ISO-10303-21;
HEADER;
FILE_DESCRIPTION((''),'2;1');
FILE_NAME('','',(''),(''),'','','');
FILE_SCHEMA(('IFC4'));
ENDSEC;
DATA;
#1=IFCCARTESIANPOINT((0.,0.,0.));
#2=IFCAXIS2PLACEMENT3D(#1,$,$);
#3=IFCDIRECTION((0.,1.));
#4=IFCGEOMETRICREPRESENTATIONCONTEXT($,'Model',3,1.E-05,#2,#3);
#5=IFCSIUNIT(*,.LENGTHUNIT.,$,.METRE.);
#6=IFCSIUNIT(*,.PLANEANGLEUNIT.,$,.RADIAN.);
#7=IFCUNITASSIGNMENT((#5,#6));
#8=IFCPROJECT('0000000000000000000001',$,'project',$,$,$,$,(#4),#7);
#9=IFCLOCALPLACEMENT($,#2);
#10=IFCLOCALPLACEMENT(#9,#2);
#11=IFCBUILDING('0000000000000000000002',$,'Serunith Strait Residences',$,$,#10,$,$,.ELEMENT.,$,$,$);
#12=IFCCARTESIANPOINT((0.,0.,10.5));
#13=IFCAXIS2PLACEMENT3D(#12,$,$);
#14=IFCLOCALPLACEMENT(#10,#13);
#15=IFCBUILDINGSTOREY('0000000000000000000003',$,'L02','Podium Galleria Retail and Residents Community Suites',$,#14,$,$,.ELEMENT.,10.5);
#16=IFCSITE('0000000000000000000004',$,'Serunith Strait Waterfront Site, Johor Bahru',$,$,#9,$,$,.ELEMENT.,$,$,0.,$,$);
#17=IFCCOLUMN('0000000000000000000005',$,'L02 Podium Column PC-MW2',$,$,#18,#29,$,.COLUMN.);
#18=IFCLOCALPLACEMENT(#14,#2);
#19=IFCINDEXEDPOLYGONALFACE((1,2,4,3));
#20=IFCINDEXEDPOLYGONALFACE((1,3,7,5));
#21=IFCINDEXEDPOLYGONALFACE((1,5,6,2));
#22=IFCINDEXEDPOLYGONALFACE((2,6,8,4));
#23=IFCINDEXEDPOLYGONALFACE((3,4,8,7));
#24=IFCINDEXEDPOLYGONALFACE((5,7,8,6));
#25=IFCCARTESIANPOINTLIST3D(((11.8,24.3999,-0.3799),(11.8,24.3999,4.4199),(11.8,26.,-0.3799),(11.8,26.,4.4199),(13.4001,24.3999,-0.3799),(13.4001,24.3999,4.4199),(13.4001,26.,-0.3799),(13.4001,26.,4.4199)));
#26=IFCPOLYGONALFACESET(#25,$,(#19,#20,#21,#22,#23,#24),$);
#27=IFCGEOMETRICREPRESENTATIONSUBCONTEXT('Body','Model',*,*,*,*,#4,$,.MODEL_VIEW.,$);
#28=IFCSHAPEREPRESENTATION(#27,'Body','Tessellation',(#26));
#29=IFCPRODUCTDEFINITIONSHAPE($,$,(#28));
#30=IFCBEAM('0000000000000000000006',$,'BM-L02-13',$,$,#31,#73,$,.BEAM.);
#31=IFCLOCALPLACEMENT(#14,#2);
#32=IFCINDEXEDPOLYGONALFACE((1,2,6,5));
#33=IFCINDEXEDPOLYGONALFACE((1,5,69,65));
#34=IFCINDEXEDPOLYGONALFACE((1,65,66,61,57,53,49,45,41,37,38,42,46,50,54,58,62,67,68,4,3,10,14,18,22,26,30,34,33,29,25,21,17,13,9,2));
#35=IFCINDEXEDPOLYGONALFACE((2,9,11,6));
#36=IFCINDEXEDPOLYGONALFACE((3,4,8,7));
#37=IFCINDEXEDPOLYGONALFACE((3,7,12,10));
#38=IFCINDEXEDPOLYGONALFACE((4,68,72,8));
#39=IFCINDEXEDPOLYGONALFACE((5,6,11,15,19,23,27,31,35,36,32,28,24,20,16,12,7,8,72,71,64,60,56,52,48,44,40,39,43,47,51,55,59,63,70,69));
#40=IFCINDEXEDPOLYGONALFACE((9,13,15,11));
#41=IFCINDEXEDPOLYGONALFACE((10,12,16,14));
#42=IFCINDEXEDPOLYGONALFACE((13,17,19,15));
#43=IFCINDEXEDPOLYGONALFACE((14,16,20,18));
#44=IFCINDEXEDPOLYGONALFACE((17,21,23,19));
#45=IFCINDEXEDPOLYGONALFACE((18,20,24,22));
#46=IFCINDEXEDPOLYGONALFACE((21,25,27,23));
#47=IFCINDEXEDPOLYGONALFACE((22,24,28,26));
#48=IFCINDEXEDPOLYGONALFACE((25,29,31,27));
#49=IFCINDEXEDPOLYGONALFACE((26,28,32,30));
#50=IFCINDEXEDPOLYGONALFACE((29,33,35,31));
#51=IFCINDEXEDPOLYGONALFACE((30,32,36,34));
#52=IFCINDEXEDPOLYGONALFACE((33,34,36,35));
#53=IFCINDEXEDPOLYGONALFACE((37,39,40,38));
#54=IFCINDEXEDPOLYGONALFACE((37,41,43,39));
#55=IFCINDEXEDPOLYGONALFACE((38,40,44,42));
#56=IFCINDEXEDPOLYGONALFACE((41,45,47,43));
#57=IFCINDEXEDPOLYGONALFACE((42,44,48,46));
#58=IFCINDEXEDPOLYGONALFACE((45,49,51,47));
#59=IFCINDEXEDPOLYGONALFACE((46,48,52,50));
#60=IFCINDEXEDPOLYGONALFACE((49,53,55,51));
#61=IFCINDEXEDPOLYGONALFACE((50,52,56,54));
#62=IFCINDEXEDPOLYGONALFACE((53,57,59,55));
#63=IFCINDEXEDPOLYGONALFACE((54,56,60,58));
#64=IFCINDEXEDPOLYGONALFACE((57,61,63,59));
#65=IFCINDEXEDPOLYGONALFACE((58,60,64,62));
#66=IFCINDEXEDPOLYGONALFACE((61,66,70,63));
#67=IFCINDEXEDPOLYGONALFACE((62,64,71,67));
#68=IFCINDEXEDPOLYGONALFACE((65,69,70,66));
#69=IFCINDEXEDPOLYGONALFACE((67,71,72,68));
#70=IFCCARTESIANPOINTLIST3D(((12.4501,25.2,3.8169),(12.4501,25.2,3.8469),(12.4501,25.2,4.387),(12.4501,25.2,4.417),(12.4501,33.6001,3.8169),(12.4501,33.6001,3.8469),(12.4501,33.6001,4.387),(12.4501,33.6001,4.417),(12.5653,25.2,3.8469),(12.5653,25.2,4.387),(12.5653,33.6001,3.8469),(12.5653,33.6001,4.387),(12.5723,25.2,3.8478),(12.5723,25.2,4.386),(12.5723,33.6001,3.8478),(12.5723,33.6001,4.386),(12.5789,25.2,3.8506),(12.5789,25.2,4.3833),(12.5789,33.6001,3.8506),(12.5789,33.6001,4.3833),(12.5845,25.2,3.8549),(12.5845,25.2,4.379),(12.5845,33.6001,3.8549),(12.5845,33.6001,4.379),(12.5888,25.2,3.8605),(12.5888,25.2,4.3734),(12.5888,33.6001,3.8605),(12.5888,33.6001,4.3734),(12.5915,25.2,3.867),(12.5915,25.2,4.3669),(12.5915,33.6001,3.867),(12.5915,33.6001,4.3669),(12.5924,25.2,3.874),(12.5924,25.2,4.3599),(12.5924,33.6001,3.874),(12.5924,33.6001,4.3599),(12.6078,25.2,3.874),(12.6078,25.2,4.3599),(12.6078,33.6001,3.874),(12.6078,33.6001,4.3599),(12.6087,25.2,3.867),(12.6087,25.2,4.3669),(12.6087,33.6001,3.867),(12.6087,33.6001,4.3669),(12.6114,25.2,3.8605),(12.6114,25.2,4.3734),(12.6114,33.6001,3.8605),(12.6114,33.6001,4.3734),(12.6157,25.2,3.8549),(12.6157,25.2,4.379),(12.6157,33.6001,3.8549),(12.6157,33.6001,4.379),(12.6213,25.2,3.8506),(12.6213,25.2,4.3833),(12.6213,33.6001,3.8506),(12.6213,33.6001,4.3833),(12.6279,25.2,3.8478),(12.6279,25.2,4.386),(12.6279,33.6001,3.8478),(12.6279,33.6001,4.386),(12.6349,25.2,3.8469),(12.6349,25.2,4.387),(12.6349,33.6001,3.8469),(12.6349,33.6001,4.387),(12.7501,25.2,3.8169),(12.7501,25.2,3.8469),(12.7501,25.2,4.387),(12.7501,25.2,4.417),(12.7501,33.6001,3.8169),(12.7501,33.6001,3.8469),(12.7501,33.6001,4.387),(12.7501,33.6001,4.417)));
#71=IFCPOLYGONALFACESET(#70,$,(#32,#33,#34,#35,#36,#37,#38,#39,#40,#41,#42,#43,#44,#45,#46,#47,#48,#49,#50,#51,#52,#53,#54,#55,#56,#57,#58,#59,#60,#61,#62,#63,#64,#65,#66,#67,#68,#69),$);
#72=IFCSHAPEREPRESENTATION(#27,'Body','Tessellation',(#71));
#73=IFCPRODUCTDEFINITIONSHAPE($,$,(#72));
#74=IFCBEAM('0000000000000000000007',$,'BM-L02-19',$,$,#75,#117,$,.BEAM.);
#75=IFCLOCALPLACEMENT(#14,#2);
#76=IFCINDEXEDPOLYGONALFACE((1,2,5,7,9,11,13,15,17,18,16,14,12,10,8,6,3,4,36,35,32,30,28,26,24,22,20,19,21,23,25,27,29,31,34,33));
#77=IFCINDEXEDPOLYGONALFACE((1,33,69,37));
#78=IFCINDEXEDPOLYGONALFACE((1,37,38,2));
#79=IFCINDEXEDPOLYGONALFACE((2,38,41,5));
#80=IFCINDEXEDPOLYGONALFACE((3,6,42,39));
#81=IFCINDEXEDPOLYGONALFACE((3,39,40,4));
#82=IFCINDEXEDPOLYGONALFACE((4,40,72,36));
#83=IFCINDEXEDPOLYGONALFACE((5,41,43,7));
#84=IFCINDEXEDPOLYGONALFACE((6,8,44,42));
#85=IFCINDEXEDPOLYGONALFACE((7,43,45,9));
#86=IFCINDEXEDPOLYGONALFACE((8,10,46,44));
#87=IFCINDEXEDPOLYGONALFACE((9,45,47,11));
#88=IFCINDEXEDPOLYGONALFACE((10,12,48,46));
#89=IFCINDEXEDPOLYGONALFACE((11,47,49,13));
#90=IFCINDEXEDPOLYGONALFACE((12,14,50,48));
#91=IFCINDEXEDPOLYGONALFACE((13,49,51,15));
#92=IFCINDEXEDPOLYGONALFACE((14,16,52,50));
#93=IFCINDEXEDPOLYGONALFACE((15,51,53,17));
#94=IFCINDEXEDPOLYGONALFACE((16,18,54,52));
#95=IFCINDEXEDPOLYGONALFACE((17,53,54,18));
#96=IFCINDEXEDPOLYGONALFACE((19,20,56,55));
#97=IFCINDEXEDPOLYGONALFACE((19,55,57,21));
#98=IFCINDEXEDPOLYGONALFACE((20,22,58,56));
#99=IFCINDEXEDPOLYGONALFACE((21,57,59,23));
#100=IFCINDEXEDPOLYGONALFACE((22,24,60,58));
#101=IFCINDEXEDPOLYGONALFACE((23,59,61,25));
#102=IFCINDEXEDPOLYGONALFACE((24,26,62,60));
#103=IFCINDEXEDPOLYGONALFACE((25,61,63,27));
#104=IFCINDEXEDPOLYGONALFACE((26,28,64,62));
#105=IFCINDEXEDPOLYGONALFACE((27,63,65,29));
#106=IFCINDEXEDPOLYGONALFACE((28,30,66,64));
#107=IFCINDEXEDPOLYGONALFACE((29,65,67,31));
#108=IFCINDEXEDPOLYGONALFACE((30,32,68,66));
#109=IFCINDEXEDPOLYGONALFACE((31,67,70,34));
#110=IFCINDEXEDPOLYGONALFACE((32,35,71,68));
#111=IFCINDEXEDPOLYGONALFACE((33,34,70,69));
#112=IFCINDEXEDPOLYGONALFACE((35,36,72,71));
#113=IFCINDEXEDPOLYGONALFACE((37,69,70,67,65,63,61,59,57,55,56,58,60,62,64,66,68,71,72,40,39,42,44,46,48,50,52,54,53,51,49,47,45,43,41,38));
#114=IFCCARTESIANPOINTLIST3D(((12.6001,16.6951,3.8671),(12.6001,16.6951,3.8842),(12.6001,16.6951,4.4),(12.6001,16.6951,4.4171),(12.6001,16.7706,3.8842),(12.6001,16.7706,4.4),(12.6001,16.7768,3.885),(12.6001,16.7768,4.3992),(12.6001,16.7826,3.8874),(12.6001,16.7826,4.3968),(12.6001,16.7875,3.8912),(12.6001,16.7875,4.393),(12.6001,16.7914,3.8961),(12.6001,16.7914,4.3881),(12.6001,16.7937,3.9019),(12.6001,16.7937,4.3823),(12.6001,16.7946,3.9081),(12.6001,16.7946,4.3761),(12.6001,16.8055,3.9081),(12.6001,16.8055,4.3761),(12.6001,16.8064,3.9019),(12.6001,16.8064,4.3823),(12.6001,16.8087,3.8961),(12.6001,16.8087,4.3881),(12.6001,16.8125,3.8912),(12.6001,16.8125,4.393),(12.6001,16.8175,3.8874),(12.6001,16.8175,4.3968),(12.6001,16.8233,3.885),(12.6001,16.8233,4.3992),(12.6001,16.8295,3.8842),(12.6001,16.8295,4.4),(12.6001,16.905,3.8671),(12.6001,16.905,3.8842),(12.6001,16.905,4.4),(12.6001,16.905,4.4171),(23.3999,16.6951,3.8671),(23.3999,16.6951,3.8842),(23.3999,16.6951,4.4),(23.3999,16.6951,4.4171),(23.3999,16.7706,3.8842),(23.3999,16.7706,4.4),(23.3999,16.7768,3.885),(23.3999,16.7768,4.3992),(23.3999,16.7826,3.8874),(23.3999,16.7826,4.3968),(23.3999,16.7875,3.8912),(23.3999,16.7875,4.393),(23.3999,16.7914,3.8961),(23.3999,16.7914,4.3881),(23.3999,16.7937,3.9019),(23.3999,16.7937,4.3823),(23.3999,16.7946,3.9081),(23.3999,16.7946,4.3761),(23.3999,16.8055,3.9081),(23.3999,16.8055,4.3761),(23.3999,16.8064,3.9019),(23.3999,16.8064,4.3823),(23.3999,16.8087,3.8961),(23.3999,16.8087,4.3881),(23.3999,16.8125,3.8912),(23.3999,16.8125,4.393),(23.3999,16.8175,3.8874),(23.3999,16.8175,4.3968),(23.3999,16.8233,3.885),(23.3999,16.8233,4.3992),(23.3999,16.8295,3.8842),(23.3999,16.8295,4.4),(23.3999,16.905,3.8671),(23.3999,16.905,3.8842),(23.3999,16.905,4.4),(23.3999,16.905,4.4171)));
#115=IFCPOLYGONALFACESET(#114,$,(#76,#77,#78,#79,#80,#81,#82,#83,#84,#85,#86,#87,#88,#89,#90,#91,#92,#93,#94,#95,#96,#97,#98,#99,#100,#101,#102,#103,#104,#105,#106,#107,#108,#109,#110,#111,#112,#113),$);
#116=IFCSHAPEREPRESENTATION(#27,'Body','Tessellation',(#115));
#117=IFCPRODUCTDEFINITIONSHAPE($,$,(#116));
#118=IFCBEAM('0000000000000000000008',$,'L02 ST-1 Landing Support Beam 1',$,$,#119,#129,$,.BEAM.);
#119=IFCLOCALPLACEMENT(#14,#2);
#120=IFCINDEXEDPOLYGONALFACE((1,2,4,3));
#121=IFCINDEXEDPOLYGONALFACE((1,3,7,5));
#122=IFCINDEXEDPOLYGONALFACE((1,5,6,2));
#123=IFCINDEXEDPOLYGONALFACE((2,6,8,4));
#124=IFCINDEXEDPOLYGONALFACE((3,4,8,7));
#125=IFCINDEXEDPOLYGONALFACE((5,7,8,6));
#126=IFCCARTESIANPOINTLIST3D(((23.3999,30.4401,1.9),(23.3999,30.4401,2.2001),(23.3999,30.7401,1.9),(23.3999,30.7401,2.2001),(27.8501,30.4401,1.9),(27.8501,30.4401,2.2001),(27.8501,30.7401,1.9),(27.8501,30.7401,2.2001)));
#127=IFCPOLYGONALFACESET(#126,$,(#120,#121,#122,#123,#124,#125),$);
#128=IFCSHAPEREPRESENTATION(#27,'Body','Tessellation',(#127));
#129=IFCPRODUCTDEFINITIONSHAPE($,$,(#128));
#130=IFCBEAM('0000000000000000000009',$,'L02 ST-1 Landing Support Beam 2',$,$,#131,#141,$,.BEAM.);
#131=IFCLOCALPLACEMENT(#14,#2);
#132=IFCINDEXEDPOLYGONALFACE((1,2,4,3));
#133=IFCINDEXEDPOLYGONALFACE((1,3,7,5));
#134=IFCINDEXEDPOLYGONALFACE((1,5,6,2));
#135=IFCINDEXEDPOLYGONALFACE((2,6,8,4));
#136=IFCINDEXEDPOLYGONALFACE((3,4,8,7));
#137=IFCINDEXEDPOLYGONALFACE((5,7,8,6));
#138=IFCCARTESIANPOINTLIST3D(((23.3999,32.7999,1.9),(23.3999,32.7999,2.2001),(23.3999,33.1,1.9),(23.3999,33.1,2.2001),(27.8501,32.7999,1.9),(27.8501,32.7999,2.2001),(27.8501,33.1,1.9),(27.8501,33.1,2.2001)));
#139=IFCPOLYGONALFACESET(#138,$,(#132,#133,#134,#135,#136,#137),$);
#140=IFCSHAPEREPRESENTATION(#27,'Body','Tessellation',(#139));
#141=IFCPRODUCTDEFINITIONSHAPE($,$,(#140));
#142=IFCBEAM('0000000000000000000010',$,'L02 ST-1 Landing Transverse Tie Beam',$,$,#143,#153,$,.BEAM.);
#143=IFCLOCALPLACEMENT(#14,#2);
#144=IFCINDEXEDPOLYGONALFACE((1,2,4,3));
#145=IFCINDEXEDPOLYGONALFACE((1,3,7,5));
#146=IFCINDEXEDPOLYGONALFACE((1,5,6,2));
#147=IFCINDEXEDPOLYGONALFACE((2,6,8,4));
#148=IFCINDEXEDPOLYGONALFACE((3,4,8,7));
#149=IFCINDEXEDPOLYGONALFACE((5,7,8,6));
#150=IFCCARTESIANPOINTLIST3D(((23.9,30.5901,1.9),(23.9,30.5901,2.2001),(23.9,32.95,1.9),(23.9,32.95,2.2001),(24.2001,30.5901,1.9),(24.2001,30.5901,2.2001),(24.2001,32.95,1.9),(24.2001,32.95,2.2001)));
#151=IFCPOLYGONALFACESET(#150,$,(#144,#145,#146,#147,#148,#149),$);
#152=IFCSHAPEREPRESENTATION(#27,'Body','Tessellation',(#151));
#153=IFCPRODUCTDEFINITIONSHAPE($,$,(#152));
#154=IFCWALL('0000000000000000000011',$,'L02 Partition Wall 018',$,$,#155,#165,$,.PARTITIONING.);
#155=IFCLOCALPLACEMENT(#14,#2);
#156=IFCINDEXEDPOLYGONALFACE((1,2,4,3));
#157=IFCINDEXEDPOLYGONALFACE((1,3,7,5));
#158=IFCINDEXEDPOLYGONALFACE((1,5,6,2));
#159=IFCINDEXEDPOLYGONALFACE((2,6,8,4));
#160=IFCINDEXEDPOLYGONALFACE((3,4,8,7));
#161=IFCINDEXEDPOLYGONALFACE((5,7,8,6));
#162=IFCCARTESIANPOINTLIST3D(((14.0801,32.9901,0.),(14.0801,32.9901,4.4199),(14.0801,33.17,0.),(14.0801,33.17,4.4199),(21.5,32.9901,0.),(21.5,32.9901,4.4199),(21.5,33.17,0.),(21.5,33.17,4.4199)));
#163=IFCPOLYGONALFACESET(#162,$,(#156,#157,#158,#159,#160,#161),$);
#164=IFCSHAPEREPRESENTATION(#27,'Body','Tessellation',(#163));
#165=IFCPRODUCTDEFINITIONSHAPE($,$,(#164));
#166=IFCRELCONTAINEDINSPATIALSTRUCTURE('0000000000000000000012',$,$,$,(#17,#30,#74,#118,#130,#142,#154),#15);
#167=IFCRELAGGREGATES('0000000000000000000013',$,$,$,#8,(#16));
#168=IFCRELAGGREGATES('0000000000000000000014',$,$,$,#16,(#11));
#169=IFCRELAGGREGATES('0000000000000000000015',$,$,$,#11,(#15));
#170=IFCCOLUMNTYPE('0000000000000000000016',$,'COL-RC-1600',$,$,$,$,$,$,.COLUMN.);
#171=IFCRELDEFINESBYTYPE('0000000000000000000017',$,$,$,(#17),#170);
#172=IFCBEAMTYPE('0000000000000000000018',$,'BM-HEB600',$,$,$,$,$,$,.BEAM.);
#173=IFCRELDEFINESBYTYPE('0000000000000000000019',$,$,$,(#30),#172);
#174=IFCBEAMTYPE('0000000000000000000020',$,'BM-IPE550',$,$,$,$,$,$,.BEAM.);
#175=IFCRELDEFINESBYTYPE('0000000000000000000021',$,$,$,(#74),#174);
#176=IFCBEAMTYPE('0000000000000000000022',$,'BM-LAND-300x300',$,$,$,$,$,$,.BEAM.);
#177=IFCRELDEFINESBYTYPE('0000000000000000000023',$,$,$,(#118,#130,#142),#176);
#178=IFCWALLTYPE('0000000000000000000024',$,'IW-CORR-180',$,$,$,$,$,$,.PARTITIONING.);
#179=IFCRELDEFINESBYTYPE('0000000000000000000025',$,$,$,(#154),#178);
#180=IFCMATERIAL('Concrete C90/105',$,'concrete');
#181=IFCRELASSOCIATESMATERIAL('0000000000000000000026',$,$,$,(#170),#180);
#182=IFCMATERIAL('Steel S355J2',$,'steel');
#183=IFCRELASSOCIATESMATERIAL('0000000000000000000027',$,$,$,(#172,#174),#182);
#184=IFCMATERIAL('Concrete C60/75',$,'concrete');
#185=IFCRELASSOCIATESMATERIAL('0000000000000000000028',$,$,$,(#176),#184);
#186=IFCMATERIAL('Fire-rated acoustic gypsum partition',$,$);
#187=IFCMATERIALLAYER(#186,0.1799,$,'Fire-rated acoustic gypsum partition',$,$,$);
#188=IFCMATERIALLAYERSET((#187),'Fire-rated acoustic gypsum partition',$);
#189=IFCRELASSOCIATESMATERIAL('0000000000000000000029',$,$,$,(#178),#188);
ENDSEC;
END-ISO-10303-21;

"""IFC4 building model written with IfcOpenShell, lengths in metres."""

from ifc_helpers import new_model, si_unit, direction, frame, frame_2d, origin, origin_2d, place, context, subcontext, project, spatial, rectangle, i_section, extrude, source, transform, mapped, material, layer, layer_set, material_profile, profile_set, type_object, element, save


model = new_model("IFC4")

# Units and contexts
model_context = context("Model", 3, precision=1e-05, world=origin(), true_north=direction((0.0, 1.0)))
body_context = subcontext(model_context, "Body", "Model", "MODEL_VIEW")
ifc_project = project(units=[si_unit("LENGTHUNIT", "METRE"), si_unit("PLANEANGLEUNIT", "RADIAN")], contexts=[model_context])

# Site, building, storey
site_placement = place(None, origin())
site = spatial("IfcSite", under=ifc_project, at=site_placement, Name="Serunith Strait Waterfront Site, Johor Bahru", CompositionType="ELEMENT", RefElevation=0.0)
building_placement = place(site_placement, origin())
building = spatial("IfcBuilding", under=site, at=building_placement, Name="Serunith Strait Residences", CompositionType="ELEMENT")
storey_placement = place(building_placement, frame((0.0, 0.0, 10.5)))
storey = spatial("IfcBuildingStorey", under=building, at=storey_placement, Name="L02", Description="Podium Galleria Retail and Residents Community Suites", CompositionType="ELEMENT", Elevation=10.5)

# Column
ifc_material_1 = material(Name="Concrete C90/105", Category="concrete")
ifc_material_profile_1 = material_profile(ifc_material_1, rectangle(XDim=1.6001, YDim=1.6001, at=origin_2d()), Name="RC 1600x1600")
ifc_profile_set_1 = profile_set([ifc_material_profile_1], Name="Concrete C90/105")
column_type = type_object("IfcColumnType", Name="COL-RC-1600", PredefinedType="COLUMN", material=ifc_profile_set_1)
shared_shape_1 = source(origin(), body_context, "Body", "SweptSolid", [
    extrude(rectangle(XDim=1.6001, YDim=1.6001, at=origin_2d()), origin(), (0.0, 0.0, 1.0), 4.7998),
])
column_placement = place(storey_placement, frame((12.6001, 25.2, -0.3799), z_axis=(0.0, 0.0, 1.0), x_axis=(1.0, 0.0, 0.0)))
element("IfcColumn", 1, at=column_placement, inside=storey, type_object=column_type, Name="L02 Podium Column PC-MW2", PredefinedType="COLUMN", context=body_context, shape_type="MappedRepresentation", body=[
    mapped(shared_shape_1, transform((0.0, 0.0, 0.0), scale=1.0)),
])

# Beams
ifc_material_2 = material(Name="Steel S355J2", Category="steel")
ifc_material_profile_2 = material_profile(ifc_material_2, i_section(OverallWidth=0.3, OverallDepth=0.6001, WebThickness=0.0154, FlangeThickness=0.03, FilletRadius=0.0271, at=origin_2d()), Name="HEB 600")
ifc_profile_set_2 = profile_set([ifc_material_profile_2], Name="Steel S355J2")
beam_type_1 = type_object("IfcBeamType", Name="BM-HEB600", PredefinedType="BEAM", material=ifc_profile_set_2)
shared_shape_2 = source(origin(), body_context, "Body", "SweptSolid", [
    extrude(i_section(OverallWidth=0.3, OverallDepth=0.6001, WebThickness=0.0154, FlangeThickness=0.03, FilletRadius=0.0271, at=origin_2d()), origin(), (0.0, 0.0, 1.0), 8.4001),
])
beam_1_placement = place(storey_placement, frame((12.6001, 25.2, 4.1169), z_axis=(0.0, 1.0, 0.0), x_axis=(-1.0, 0.0, 0.0)))
element("IfcBeam", 2, at=beam_1_placement, inside=storey, type_object=beam_type_1, Name="BM-L02-13", PredefinedType="BEAM", context=body_context, shape_type="MappedRepresentation", body=[
    mapped(shared_shape_2, transform((0.0, 0.0, 0.0), scale=1.0)),
])
ifc_material_profile_3 = material_profile(ifc_material_2, i_section(OverallWidth=0.21, OverallDepth=0.55, WebThickness=0.011, FlangeThickness=0.0171, FilletRadius=0.0239, at=origin_2d()), Name="IPE 550")
ifc_profile_set_3 = profile_set([ifc_material_profile_3], Name="Steel S355J2")
beam_type_2 = type_object("IfcBeamType", Name="BM-IPE550", PredefinedType="BEAM", material=ifc_profile_set_3)
shared_shape_3 = source(origin(), body_context, "Body", "SweptSolid", [
    extrude(i_section(OverallWidth=0.21, OverallDepth=0.55, WebThickness=0.011, FlangeThickness=0.0171, FilletRadius=0.0239, at=origin_2d()), origin(), (0.0, 0.0, 1.0), 10.7998),
])
beam_2_placement = place(storey_placement, frame((12.6001, 16.8, 4.1421), z_axis=(1.0, 0.0, 0.0), x_axis=(0.0, 1.0, 0.0)))
element("IfcBeam", 3, at=beam_2_placement, inside=storey, type_object=beam_type_2, Name="BM-L02-19", PredefinedType="BEAM", context=body_context, shape_type="MappedRepresentation", body=[
    mapped(shared_shape_3, transform((0.0, 0.0, 0.0), scale=1.0)),
])
ifc_material_3 = material(Name="Concrete C60/75", Category="concrete")
ifc_material_profile_4 = material_profile(ifc_material_3, rectangle(XDim=0.3, YDim=0.3, at=origin_2d()), Name="RC 300x300")
ifc_profile_set_4 = profile_set([ifc_material_profile_4], Name="Concrete C60/75")
beam_type_3 = type_object("IfcBeamType", Name="BM-LAND-300x300", PredefinedType="BEAM", material=ifc_profile_set_4)
shared_shape_4 = source(origin(), body_context, "Body", "SweptSolid", [
    extrude(rectangle(XDim=0.3, YDim=0.3, at=origin_2d()), origin(), (0.0, 0.0, 1.0), 4.4502),
])
for number, where, z_axis, x_axis, name in (
    (4, (23.3999, 30.5901, 2.05), (1.0, 0.0, 0.0), (0.0, 1.0, 0.0), "L02 ST-1 Landing Support Beam 1"),
    (5, (23.3999, 32.95, 2.05), (1.0, 0.0, 0.0), (0.0, 1.0, 0.0), "L02 ST-1 Landing Support Beam 2"),
):
    element("IfcBeam", number, at=place(storey_placement, frame(where, z_axis=z_axis, x_axis=x_axis)), inside=storey, type_object=beam_type_3, Name=name, PredefinedType="BEAM", context=body_context, shape_type="MappedRepresentation", body=[
        mapped(shared_shape_4, transform((0.0, 0.0, 0.0), scale=1.0)),
    ])
shared_shape_5 = source(origin(), body_context, "Body", "SweptSolid", [
    extrude(rectangle(XDim=0.3, YDim=0.3, at=origin_2d()), origin(), (0.0, 0.0, 1.0), 2.3599),
])
beam_3_placement = place(storey_placement, frame((24.05, 30.5901, 2.05), z_axis=(0.0, 1.0, 0.0), x_axis=(-1.0, 0.0, 0.0)))
element("IfcBeam", 6, at=beam_3_placement, inside=storey, type_object=beam_type_3, Name="L02 ST-1 Landing Transverse Tie Beam", PredefinedType="BEAM", context=body_context, shape_type="MappedRepresentation", body=[
    mapped(shared_shape_5, transform((0.0, 0.0, 0.0), scale=1.0)),
])

# Wall
ifc_material_4 = material(Name="Fire-rated acoustic gypsum partition")
ifc_layer_1 = layer(ifc_material_4, 0.1799, Name="Fire-rated acoustic gypsum partition")
ifc_layer_set_1 = layer_set([ifc_layer_1], Name="Fire-rated acoustic gypsum partition")
wall_type_1 = type_object("IfcWallType", Name="IW-CORR-180", PredefinedType="PARTITIONING", material=ifc_layer_set_1)
wall_1_placement = place(storey_placement, frame((14.0801, 33.0801, 0.0), z_axis=(0.0, 0.0, 1.0), x_axis=(1.0, 0.0, 0.0)))
element("IfcWall", 7, at=wall_1_placement, inside=storey, type_object=wall_type_1, Name="L02 Partition Wall 018", PredefinedType="PARTITIONING", context=body_context, shape_type="SweptSolid", body=[
    extrude(rectangle(XDim=7.4199, YDim=0.1799, at=frame_2d((3.71, 0.0))), origin(), (0.0, 0.0, 1.0), 4.4199),
])

save(model, "model.ifc")
